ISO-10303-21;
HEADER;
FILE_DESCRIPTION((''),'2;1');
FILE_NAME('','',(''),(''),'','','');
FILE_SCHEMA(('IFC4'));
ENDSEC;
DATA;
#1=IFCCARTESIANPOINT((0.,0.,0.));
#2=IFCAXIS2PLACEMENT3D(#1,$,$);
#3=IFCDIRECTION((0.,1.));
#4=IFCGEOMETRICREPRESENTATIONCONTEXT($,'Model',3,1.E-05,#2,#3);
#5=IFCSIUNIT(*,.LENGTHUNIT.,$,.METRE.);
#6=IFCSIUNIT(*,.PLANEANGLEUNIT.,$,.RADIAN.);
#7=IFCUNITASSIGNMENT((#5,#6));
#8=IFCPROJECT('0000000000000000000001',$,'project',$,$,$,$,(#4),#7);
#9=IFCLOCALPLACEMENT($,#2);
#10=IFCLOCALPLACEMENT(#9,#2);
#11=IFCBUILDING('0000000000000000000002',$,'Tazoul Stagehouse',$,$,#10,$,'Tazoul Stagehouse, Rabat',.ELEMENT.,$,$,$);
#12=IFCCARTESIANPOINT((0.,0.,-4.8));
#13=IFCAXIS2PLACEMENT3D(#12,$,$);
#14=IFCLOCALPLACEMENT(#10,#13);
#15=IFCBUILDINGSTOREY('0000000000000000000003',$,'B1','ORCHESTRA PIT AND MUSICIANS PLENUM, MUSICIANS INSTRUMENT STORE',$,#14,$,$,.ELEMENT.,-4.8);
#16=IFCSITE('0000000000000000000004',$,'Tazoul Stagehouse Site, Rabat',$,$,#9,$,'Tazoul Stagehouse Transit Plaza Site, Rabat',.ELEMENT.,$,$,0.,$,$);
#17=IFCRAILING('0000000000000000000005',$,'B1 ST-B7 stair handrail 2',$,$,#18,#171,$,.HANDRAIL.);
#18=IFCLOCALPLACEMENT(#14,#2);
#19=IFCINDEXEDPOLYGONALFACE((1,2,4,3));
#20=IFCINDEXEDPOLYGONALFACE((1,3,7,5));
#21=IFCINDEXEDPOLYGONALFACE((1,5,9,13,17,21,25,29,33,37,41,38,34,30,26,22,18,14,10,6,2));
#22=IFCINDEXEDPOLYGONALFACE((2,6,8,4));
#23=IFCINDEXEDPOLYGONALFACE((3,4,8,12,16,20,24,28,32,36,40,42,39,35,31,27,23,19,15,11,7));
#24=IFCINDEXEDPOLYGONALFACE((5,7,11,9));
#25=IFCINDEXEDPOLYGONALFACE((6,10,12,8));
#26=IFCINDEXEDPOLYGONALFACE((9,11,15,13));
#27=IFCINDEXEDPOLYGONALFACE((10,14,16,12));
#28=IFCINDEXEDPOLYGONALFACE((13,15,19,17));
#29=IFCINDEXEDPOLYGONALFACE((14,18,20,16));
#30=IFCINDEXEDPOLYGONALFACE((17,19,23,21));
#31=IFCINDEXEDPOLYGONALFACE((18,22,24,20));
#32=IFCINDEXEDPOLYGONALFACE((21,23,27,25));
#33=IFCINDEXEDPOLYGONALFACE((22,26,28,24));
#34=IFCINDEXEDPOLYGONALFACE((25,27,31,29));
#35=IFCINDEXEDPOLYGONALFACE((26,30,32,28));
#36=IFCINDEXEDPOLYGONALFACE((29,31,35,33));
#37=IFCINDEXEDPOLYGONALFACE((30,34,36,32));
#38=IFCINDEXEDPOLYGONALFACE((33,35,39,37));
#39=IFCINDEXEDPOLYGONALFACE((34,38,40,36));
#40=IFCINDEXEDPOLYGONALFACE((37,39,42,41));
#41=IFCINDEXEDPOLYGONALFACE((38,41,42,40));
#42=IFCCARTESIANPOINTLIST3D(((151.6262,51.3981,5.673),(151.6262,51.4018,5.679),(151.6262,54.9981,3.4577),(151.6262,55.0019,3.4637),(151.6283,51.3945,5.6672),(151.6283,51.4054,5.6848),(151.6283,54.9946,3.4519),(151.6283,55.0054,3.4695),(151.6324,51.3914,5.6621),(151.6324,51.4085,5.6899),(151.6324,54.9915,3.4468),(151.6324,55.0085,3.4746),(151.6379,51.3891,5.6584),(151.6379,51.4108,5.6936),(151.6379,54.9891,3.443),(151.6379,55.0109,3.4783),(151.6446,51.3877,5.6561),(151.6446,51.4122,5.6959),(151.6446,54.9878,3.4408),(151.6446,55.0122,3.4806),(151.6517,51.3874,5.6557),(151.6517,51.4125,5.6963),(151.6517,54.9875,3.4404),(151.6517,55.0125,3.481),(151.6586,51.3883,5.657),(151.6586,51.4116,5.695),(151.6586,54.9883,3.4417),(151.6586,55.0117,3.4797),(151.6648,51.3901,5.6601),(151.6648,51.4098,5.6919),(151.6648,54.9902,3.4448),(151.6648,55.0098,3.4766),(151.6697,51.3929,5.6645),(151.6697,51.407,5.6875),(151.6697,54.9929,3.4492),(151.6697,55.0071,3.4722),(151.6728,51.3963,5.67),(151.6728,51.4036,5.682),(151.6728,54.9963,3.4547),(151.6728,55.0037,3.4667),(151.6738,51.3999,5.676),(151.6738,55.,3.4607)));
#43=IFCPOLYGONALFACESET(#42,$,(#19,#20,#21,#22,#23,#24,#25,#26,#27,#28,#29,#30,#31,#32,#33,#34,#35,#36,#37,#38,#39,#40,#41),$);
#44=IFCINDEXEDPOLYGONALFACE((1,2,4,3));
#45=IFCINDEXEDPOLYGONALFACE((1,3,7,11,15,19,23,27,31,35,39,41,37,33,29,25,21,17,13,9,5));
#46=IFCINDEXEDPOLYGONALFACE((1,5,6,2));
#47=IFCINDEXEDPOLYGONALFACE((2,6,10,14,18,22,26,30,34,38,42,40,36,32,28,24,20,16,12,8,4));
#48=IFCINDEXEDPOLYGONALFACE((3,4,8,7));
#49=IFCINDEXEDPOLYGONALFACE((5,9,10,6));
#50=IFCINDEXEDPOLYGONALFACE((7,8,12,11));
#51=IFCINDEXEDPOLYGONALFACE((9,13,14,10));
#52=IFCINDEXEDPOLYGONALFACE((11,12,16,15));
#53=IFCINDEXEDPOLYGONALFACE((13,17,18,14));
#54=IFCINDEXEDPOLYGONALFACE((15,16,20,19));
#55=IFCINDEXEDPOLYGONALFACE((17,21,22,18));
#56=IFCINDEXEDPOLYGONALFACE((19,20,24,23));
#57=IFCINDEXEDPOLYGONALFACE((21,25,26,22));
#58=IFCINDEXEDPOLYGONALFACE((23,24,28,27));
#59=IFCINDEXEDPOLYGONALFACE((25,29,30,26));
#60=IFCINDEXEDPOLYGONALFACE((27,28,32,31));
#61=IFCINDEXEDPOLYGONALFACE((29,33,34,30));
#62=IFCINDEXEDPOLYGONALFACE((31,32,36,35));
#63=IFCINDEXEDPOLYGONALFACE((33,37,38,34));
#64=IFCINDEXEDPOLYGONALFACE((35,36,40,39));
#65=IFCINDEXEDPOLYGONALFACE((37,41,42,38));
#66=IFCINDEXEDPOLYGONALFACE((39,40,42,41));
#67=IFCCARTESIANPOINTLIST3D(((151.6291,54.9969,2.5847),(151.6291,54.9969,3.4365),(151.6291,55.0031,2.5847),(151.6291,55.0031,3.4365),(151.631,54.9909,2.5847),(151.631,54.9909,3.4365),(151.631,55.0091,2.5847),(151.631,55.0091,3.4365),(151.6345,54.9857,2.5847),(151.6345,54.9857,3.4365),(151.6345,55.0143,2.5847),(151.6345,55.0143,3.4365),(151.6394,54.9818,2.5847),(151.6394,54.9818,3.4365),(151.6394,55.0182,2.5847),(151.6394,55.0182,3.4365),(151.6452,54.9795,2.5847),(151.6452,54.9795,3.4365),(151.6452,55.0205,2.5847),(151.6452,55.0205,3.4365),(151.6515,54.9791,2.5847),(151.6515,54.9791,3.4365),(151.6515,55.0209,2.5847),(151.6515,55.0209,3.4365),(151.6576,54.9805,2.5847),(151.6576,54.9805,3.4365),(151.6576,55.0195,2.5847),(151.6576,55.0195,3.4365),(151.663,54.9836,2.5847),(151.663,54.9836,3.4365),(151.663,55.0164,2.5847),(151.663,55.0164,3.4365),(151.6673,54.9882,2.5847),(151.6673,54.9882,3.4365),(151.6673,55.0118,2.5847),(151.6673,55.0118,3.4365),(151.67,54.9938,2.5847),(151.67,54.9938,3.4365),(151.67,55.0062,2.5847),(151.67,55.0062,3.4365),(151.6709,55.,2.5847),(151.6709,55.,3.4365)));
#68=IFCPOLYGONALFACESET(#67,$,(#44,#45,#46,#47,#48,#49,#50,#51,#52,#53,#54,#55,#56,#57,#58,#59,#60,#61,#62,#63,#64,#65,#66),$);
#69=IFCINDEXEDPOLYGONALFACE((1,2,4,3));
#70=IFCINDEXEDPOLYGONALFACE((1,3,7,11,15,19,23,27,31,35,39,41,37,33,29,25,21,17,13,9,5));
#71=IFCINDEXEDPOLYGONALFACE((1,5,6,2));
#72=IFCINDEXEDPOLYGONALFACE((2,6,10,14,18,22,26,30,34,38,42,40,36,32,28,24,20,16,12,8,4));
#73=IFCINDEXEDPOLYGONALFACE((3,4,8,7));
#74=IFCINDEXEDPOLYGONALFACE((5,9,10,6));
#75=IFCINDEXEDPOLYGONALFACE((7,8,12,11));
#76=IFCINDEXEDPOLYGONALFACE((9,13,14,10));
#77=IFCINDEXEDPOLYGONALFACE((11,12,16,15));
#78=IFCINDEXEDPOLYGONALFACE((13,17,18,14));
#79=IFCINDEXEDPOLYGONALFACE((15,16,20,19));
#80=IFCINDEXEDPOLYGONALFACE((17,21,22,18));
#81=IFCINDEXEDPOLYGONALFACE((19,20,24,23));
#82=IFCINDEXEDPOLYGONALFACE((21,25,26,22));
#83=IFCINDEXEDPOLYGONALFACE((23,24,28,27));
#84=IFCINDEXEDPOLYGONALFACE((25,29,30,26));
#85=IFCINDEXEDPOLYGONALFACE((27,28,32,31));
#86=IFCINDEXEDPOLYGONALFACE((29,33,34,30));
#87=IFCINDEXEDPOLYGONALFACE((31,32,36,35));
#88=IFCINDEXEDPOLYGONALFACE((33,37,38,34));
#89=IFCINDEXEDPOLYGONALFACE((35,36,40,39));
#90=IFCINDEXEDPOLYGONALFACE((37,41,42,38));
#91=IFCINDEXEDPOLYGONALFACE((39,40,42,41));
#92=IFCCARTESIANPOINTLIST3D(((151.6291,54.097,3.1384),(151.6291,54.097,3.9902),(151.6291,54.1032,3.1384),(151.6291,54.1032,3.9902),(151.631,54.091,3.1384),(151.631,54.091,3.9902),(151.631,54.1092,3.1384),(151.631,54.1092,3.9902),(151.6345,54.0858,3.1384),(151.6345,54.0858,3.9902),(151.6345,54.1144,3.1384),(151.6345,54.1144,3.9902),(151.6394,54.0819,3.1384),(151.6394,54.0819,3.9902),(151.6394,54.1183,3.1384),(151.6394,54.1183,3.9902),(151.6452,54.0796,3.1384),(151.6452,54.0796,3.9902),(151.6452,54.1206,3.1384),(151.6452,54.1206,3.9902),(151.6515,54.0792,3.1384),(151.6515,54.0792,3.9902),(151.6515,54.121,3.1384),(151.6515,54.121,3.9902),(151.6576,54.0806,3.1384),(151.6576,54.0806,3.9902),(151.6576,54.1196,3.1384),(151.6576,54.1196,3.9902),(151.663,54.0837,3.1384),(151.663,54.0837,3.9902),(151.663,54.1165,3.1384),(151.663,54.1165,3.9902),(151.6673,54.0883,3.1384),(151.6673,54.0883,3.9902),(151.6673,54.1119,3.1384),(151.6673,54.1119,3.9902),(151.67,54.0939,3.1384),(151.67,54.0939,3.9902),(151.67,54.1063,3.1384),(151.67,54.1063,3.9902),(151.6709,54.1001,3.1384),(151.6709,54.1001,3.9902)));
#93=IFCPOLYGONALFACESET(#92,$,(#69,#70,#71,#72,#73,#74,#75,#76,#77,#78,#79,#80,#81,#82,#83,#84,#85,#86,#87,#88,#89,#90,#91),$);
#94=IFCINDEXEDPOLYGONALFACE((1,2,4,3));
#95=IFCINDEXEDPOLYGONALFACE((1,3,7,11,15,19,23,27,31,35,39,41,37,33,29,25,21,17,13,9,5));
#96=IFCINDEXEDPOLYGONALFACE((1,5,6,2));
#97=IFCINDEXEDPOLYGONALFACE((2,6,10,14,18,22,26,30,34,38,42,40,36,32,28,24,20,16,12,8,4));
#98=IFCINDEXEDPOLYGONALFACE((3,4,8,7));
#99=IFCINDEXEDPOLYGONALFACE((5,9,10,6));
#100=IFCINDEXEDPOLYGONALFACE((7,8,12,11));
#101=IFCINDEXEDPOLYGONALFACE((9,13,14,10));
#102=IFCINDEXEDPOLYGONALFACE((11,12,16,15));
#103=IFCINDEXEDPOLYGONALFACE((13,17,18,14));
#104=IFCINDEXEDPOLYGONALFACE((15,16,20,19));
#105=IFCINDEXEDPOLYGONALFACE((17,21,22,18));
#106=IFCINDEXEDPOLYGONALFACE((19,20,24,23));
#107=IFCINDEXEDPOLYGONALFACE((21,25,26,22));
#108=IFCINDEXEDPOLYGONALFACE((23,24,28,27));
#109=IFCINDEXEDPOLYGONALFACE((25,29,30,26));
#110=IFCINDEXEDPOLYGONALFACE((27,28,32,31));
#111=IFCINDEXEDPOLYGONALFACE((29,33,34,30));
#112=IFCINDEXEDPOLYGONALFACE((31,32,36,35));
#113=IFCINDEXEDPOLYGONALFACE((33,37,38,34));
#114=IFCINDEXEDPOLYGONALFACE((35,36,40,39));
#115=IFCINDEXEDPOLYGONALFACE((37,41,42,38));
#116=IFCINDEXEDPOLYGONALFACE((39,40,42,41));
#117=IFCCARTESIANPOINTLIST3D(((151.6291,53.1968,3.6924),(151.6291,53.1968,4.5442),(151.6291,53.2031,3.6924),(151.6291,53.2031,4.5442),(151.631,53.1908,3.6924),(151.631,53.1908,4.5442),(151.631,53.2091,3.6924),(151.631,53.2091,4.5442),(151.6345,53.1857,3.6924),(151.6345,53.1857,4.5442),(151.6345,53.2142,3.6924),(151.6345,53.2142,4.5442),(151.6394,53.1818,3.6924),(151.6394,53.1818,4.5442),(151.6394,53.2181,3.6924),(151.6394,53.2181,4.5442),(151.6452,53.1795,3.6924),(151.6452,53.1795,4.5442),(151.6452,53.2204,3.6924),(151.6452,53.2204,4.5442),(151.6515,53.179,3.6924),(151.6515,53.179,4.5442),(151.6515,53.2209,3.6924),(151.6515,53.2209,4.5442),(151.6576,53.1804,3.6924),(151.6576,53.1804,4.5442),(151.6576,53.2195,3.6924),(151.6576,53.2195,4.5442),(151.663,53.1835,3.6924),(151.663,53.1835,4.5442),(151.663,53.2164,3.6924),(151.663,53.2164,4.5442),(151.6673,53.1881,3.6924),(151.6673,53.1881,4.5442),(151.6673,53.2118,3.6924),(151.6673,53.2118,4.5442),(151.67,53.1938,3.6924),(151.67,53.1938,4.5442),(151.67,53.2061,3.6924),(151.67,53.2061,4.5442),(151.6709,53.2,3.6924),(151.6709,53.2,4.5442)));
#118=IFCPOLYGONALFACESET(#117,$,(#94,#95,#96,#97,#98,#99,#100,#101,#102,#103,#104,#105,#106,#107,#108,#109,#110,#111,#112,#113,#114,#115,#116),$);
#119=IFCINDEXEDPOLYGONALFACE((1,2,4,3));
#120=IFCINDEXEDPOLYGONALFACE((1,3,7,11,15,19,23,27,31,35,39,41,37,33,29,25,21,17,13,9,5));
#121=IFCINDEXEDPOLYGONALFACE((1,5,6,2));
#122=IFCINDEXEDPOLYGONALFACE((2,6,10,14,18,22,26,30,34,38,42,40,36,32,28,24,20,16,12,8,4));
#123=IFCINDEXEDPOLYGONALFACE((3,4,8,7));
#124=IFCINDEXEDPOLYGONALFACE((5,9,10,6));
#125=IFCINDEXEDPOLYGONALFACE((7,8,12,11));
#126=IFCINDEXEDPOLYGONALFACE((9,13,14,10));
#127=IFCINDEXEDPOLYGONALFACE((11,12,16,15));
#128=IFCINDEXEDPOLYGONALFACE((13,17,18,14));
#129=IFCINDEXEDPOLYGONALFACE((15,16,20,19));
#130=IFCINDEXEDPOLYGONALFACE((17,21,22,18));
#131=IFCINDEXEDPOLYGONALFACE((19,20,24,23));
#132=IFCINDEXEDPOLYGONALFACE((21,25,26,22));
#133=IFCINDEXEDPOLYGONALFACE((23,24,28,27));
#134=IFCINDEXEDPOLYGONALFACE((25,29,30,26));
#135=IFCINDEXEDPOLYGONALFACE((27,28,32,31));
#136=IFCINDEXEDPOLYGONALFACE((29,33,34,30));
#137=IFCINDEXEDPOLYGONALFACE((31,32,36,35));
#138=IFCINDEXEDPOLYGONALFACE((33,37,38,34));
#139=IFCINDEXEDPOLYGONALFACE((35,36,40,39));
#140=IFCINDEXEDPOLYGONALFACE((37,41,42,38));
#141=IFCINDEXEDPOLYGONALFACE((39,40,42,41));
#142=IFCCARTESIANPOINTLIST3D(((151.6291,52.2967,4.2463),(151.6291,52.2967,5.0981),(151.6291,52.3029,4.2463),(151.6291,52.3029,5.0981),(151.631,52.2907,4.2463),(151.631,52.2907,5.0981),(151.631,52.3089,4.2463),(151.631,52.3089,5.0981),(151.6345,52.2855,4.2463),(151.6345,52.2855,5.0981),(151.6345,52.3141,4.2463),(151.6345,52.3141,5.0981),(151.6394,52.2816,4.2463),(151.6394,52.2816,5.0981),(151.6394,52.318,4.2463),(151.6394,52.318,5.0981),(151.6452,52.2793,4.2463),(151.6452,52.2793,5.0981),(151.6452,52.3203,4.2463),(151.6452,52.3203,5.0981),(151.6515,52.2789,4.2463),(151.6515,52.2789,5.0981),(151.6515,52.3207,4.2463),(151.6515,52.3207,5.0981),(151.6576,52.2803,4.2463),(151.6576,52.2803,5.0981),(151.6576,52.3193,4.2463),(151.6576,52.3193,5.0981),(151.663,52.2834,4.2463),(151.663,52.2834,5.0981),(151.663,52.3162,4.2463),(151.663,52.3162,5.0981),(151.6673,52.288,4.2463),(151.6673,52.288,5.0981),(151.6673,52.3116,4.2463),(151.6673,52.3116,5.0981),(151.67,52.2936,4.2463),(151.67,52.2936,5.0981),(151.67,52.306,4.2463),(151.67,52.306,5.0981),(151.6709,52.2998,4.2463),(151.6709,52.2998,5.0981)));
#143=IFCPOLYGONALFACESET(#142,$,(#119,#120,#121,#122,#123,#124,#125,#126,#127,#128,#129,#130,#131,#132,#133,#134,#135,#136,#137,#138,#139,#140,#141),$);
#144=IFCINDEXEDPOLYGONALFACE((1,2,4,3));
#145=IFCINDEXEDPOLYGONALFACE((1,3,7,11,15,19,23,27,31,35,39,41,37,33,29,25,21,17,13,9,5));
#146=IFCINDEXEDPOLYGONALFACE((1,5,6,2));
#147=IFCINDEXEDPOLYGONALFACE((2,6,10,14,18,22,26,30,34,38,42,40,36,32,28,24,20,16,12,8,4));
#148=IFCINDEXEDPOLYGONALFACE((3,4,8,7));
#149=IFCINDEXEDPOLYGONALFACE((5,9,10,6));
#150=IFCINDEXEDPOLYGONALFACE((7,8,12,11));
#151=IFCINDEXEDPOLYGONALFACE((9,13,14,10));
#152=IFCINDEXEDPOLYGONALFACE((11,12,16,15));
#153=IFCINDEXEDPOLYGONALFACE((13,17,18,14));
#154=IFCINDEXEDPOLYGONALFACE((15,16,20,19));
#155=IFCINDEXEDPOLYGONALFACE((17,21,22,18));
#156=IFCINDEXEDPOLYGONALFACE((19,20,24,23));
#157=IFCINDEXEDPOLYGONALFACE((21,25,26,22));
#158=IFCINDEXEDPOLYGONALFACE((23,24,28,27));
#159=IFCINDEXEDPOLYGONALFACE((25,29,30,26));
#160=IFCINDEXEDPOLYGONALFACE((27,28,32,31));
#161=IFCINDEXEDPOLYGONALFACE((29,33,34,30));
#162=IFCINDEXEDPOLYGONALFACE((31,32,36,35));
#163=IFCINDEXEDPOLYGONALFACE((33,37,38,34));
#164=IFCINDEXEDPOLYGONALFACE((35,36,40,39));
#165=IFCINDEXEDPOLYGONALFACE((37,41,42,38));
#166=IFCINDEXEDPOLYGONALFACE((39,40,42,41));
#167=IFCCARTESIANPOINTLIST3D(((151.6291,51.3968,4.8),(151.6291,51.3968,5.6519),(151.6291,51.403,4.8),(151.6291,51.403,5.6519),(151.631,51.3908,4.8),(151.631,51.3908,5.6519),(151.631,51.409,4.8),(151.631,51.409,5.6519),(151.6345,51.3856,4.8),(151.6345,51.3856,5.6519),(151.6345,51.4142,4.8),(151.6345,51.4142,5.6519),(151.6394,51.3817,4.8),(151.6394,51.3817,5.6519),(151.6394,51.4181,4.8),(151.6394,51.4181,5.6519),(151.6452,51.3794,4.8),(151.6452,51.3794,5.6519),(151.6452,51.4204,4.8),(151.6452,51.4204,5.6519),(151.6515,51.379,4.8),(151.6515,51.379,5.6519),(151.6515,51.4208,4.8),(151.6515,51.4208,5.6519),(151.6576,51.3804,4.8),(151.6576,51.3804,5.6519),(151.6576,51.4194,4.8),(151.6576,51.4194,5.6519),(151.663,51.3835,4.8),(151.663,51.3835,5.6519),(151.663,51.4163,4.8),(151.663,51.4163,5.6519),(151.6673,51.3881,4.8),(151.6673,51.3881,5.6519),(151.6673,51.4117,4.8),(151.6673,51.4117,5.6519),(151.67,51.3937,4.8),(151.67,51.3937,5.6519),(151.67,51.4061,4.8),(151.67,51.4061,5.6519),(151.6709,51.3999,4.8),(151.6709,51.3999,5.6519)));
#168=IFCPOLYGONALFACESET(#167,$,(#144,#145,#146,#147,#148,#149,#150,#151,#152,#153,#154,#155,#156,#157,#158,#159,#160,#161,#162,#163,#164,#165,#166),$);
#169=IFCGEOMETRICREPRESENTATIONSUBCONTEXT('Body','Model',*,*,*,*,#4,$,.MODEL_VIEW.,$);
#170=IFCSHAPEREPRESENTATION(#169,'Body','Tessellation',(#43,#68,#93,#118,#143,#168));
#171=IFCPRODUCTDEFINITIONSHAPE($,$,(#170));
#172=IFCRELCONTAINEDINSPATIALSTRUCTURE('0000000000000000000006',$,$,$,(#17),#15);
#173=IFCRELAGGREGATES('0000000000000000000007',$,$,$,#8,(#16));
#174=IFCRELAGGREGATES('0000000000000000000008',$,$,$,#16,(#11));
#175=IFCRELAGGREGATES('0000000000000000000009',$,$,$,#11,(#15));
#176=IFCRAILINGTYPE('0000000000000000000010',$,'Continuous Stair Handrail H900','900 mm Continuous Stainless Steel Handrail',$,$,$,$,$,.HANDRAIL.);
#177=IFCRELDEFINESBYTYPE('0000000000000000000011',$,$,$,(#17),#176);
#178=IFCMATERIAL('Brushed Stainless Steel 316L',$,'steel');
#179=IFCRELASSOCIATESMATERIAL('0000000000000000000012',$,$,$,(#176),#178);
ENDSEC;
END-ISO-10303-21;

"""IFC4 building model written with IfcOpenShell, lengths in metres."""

from ifc_helpers import new_model, si_unit, direction, frame, origin, origin_2d, place, context, subcontext, project, spatial, circle, extrude, material, material_profile, profile_set, type_object, element, save


model = new_model("IFC4")

# Units and contexts
model_context = context("Model", 3, precision=1e-05, world=origin(), true_north=direction((0.0, 1.0)))
body_context = subcontext(model_context, "Body", "Model", "MODEL_VIEW")
ifc_project = project(units=[si_unit("LENGTHUNIT", "METRE"), si_unit("PLANEANGLEUNIT", "RADIAN")], contexts=[model_context])

# Site, building, storey
site_placement = place(None, origin())
site = spatial("IfcSite", under=ifc_project, at=site_placement, Name="Tazoul Stagehouse Site, Rabat", LongName="Tazoul Stagehouse Transit Plaza Site, Rabat", CompositionType="ELEMENT", RefElevation=0.0)
building_placement = place(site_placement, origin())
building = spatial("IfcBuilding", under=site, at=building_placement, Name="Tazoul Stagehouse", LongName="Tazoul Stagehouse, Rabat", CompositionType="ELEMENT")
storey_placement = place(building_placement, frame((0.0, 0.0, -4.8)))
storey = spatial("IfcBuildingStorey", under=building, at=storey_placement, Name="B1", Description="ORCHESTRA PIT AND MUSICIANS PLENUM, MUSICIANS INSTRUMENT STORE", CompositionType="ELEMENT", Elevation=-4.8)

# Railing
ifc_material_1 = material(Name="Brushed Stainless Steel 316L", Category="steel")
ifc_material_profile_1 = material_profile(ifc_material_1, circle(Radius=0.021, at=origin_2d()), Name="SS HANDRAIL D42")
ifc_profile_set_1 = profile_set([ifc_material_profile_1], Name="Brushed Stainless Steel 316L")
railing_type_1 = type_object("IfcRailingType", Name="Continuous Stair Handrail H900", Description="900 mm Continuous Stainless Steel Handrail", PredefinedType="HANDRAIL", material=ifc_profile_set_1)
railing_1_placement = place(storey_placement, frame((151.6499, 55.0, 2.5847)))
element("IfcRailing", 1, at=railing_1_placement, inside=storey, type_object=railing_type_1, Name="B1 ST-B7 stair handrail 2", PredefinedType="HANDRAIL", context=body_context, shape_type="SweptSolid", body=[
    extrude(circle(Radius=0.0239, at=origin_2d()), frame((0.0, 0.0, 0.876), z_axis=(0.0, -0.85167, 0.524078), x_axis=(1.0, 0.0, 0.0)), (0.0, 0.0, 1.0), 4.2271),
    extrude(circle(Radius=0.021, at=origin_2d()), origin(), (0.0, 0.0, 1.0), 0.8518),
    extrude(circle(Radius=0.021, at=origin_2d()), frame((0.0, -0.8999, 0.5537)), (0.0, 0.0, 1.0), 0.8518),
    extrude(circle(Radius=0.021, at=origin_2d()), frame((0.0, -1.8, 1.1077)), (0.0, 0.0, 1.0), 0.8518),
    extrude(circle(Radius=0.021, at=origin_2d()), frame((0.0, -2.7002, 1.6616)), (0.0, 0.0, 1.0), 0.8518),
    extrude(circle(Radius=0.021, at=origin_2d()), frame((0.0, -3.6001, 2.2153)), (0.0, 0.0, 1.0), 0.8518),
])

save(model, "model.ifc")
